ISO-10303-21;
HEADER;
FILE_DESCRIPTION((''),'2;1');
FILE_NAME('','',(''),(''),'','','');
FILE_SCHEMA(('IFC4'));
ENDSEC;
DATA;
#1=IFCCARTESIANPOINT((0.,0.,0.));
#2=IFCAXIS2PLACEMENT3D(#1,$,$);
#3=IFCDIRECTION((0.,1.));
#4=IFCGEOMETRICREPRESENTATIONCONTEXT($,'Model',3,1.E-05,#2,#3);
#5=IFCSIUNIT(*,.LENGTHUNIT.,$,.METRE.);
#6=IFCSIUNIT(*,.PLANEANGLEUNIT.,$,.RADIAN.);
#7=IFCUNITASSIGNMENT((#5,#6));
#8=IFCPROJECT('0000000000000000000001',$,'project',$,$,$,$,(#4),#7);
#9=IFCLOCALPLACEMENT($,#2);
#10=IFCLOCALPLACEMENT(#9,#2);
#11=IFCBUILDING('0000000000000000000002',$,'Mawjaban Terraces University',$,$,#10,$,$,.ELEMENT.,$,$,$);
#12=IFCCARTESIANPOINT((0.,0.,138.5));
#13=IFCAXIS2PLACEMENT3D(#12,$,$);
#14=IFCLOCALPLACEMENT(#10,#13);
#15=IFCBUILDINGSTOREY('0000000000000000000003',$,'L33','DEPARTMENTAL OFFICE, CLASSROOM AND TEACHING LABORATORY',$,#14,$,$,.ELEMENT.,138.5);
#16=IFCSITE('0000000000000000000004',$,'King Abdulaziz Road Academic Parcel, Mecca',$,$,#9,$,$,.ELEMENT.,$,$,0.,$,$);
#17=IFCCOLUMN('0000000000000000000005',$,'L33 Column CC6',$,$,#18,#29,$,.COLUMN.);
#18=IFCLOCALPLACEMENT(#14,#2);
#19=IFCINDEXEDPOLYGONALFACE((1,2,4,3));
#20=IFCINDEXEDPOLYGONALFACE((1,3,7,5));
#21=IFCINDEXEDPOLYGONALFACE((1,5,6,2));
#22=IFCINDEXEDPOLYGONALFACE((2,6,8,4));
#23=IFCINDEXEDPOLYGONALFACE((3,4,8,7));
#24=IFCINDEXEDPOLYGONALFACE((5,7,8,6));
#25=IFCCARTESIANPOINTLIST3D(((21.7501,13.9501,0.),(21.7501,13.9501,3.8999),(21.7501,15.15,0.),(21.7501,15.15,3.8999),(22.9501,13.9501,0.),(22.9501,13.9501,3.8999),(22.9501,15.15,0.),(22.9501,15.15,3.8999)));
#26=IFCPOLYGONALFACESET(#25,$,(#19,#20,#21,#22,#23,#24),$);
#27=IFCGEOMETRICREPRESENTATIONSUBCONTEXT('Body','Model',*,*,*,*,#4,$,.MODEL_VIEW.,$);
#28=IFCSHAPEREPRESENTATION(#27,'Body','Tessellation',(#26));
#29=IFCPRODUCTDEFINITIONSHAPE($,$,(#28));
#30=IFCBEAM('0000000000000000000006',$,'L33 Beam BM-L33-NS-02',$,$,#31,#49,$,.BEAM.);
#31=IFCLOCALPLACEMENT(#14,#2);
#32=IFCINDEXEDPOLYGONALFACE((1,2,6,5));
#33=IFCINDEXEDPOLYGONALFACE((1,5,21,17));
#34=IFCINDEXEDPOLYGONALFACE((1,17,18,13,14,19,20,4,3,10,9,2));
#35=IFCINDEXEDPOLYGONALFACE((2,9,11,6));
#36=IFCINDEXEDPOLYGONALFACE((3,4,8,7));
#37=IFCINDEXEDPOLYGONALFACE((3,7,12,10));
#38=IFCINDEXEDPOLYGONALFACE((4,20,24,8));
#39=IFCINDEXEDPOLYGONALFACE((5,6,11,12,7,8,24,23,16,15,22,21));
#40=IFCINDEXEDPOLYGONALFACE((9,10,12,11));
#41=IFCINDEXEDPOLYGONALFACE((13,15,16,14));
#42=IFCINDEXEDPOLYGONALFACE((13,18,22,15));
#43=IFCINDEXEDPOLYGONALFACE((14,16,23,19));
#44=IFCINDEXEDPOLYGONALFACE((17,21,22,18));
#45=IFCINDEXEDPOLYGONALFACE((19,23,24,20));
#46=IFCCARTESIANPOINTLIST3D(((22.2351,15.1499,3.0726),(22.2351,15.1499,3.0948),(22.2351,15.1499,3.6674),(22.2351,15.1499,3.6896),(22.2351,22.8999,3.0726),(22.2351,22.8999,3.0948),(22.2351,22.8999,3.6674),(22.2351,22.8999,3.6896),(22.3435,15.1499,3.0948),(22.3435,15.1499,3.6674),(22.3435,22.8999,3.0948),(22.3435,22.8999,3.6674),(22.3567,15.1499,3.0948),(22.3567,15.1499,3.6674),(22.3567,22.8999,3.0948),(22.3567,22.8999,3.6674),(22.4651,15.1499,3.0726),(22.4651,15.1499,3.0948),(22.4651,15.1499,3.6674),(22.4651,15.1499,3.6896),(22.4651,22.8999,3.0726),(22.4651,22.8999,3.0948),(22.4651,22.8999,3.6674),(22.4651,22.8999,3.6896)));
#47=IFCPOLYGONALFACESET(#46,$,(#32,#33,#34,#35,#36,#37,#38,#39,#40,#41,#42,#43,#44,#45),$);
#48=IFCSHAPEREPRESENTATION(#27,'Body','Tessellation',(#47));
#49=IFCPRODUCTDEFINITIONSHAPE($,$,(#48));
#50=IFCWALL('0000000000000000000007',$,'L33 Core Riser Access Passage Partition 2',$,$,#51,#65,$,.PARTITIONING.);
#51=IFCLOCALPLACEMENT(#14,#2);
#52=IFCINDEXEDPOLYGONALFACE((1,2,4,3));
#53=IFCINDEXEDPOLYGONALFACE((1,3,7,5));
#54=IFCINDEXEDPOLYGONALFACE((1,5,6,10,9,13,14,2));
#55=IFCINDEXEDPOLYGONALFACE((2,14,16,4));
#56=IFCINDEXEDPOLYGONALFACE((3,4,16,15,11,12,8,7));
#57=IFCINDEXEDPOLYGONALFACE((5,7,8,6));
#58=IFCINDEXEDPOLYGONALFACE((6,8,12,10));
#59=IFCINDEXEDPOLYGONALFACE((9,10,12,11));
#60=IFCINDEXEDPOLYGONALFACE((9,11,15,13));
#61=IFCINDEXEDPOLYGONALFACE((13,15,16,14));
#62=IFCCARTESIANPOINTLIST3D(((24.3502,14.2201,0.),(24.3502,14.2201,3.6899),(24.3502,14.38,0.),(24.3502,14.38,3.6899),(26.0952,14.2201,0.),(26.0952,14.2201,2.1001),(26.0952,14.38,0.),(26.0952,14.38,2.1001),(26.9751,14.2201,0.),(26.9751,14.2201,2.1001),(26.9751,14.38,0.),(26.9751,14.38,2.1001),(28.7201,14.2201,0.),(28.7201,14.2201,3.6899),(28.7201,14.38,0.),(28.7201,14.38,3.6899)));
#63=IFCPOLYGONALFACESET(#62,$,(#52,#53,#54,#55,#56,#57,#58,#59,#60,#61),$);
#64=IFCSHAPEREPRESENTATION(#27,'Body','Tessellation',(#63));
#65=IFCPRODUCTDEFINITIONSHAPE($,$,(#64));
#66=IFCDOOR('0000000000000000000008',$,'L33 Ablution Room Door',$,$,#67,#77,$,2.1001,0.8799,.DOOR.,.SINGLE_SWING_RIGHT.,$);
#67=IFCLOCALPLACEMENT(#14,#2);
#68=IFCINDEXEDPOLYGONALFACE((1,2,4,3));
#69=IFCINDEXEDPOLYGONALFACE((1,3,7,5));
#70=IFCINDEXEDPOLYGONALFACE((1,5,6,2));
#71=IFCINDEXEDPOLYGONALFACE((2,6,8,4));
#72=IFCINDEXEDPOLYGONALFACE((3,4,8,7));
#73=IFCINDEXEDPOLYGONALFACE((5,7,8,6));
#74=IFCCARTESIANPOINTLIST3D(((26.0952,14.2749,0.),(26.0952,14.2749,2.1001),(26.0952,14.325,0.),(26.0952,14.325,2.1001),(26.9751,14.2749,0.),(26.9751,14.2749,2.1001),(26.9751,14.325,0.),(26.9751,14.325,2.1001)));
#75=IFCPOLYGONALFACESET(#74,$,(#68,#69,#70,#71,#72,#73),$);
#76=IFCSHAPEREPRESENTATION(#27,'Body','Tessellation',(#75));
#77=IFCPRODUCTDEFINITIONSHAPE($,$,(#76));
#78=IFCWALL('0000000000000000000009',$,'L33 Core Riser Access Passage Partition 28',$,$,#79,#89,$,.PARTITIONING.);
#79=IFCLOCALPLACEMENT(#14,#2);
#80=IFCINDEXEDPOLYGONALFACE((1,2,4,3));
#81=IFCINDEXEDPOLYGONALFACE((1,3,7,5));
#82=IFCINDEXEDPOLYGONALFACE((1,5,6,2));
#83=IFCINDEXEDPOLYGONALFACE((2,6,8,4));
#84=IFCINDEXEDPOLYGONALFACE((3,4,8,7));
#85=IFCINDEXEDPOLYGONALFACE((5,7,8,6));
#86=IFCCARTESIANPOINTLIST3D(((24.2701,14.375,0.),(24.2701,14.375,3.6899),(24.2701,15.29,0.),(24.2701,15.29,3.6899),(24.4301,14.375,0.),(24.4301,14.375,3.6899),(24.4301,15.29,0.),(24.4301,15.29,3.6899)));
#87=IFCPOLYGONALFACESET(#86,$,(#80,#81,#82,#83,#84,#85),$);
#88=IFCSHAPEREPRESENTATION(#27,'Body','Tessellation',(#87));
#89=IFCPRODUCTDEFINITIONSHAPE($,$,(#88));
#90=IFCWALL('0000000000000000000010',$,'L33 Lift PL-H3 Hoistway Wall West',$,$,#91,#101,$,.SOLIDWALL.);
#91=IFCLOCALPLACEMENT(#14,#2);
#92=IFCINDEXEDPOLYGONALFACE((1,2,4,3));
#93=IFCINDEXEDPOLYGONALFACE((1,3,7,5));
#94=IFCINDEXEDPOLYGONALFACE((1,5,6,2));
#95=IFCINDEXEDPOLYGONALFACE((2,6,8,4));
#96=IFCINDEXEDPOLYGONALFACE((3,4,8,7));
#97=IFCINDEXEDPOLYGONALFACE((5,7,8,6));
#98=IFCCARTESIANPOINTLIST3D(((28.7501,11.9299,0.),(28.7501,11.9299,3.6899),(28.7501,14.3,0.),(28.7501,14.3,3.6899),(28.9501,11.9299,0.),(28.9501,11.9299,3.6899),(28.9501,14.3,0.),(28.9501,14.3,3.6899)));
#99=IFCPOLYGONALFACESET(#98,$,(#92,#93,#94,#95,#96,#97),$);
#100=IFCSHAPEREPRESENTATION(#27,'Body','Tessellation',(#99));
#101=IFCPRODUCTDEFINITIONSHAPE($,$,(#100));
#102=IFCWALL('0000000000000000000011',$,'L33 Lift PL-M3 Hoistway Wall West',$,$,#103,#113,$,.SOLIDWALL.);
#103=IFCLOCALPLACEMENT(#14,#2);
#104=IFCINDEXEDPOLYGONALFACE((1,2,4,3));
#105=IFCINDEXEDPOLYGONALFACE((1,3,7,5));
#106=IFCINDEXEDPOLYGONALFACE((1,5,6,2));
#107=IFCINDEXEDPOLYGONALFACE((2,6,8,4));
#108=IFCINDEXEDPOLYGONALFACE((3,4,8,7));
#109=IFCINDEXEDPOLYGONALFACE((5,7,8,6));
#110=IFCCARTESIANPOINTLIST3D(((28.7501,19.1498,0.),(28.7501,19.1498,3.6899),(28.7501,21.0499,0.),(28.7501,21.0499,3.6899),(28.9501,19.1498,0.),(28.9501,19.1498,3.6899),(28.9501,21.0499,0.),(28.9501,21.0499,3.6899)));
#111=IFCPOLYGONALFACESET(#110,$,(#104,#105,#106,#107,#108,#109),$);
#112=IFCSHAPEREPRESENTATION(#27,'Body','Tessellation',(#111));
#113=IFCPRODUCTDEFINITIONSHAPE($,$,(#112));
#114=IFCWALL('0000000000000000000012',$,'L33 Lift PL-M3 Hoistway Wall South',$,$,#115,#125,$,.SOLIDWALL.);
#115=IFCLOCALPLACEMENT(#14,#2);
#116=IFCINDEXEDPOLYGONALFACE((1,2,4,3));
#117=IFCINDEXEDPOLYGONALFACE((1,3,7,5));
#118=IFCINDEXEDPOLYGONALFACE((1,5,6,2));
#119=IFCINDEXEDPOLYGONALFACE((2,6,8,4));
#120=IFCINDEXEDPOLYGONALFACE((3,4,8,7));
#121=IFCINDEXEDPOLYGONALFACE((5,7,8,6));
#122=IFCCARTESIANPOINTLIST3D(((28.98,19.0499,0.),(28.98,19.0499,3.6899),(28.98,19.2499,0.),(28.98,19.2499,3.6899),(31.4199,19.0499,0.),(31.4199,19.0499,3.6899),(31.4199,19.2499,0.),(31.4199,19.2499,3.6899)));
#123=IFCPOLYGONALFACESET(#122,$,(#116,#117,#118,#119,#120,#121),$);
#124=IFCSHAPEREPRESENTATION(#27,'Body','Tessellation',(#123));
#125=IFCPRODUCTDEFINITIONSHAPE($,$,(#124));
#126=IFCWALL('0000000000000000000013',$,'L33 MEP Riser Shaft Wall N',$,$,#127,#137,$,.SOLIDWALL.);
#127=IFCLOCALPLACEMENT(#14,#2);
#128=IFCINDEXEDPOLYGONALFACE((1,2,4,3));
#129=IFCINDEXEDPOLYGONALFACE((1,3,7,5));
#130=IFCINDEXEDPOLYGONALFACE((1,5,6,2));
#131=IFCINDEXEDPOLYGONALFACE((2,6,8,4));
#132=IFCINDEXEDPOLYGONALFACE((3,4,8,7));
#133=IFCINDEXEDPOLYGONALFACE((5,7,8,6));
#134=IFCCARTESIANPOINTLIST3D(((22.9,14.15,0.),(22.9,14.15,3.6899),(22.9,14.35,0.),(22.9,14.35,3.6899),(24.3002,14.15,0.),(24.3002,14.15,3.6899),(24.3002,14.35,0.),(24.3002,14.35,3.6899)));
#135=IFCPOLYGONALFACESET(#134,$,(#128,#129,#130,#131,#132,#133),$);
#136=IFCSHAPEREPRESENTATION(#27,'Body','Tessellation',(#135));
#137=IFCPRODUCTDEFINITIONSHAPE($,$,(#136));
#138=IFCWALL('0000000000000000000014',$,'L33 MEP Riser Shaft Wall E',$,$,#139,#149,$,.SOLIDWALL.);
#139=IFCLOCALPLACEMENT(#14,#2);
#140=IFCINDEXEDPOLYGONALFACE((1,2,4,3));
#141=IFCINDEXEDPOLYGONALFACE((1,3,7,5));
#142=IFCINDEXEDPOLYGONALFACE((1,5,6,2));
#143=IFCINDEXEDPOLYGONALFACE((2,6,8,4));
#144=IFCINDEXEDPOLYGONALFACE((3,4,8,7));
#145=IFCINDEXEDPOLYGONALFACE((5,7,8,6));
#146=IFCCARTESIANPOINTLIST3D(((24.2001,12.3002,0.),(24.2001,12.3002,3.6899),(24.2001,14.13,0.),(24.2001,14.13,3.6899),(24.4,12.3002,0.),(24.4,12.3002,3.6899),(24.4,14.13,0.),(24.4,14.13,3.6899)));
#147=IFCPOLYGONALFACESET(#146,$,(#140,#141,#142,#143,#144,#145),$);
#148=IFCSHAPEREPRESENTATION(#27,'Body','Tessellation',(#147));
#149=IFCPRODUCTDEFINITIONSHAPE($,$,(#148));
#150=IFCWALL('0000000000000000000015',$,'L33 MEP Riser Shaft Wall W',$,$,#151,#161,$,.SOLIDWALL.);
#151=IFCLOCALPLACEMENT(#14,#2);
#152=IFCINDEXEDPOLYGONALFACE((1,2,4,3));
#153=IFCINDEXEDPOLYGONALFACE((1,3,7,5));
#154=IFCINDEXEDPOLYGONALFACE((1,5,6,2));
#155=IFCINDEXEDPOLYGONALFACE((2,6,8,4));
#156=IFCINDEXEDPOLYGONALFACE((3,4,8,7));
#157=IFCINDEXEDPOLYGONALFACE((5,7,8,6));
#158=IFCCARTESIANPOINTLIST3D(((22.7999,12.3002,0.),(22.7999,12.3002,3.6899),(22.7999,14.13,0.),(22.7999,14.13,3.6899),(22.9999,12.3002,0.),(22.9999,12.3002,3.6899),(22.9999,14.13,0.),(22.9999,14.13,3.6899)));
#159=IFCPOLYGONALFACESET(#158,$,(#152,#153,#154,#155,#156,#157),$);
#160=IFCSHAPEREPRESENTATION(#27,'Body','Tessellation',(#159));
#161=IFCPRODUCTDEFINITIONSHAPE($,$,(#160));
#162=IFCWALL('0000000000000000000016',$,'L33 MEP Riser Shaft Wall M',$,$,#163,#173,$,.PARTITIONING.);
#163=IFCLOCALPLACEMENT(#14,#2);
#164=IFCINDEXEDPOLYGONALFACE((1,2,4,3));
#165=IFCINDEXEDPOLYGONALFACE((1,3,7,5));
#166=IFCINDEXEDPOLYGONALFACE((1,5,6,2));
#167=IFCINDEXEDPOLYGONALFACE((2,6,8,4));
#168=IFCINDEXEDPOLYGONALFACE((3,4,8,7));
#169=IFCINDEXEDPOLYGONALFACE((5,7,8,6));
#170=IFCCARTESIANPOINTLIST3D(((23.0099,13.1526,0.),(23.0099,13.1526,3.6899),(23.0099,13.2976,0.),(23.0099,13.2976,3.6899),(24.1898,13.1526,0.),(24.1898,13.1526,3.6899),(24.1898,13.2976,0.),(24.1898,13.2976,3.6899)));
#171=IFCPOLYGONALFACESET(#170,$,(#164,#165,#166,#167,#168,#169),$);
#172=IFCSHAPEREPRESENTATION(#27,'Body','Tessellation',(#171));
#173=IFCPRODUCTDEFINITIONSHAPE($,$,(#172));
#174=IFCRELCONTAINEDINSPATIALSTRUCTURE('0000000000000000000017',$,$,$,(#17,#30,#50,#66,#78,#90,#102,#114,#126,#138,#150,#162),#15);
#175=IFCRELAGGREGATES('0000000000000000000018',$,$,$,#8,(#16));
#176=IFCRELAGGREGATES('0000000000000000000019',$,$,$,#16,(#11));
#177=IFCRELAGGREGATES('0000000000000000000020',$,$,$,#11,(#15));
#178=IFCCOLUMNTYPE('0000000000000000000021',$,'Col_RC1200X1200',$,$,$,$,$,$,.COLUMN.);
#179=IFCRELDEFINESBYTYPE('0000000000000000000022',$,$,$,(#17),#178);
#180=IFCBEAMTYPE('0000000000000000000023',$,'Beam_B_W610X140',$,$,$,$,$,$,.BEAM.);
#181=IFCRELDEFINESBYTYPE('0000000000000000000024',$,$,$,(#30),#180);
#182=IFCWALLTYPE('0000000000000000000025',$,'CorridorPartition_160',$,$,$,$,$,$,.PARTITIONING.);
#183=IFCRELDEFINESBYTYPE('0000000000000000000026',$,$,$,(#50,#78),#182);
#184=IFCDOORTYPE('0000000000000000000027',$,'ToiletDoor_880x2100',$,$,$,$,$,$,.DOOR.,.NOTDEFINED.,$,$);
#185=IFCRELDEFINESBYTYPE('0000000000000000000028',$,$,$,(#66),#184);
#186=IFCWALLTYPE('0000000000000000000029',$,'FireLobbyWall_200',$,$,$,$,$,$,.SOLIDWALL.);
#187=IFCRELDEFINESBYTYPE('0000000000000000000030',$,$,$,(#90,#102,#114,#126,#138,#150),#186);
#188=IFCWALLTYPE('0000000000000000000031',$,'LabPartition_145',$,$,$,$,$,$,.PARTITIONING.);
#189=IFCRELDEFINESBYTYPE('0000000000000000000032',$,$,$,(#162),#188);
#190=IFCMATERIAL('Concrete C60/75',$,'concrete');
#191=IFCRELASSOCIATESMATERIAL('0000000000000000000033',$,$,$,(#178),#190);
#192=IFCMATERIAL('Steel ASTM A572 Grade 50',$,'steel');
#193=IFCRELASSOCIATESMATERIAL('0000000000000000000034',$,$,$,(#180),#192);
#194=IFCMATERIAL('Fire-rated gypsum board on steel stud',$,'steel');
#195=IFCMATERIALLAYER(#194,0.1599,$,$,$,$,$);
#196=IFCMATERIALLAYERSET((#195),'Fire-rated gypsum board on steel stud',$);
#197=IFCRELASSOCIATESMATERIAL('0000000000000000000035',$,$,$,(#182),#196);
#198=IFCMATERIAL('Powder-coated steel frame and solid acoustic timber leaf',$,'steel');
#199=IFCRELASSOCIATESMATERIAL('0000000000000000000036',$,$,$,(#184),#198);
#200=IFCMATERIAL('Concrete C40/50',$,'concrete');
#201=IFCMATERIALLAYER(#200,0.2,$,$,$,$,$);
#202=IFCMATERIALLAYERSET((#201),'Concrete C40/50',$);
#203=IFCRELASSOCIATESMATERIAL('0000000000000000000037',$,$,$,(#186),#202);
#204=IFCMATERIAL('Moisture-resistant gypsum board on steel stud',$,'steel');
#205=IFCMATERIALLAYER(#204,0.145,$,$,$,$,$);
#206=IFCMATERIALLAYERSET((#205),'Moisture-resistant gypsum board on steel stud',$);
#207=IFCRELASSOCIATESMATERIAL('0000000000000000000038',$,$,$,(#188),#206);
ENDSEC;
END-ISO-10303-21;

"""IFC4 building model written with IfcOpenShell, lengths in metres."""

from ifc_helpers import new_model, si_unit, direction, frame, frame_2d, origin, origin_2d, place, context, subcontext, project, spatial, rectangle, i_section, extrude, material, layer, layer_set, material_profile, profile_set, type_object, element, fill, save


model = new_model("IFC4")

# Units and contexts
model_context = context("Model", 3, precision=1e-05, world=origin(), true_north=direction((0.0, 1.0)))
body_context = subcontext(model_context, "Body", "Model", "MODEL_VIEW")
ifc_project = project(units=[si_unit("LENGTHUNIT", "METRE"), si_unit("PLANEANGLEUNIT", "RADIAN")], contexts=[model_context])

# Site, building, storey
site_placement = place(None, origin())
site = spatial("IfcSite", under=ifc_project, at=site_placement, Name="King Abdulaziz Road Academic Parcel, Mecca", CompositionType="ELEMENT", RefElevation=0.0)
building_placement = place(site_placement, origin())
building = spatial("IfcBuilding", under=site, at=building_placement, Name="Mawjaban Terraces University", CompositionType="ELEMENT")
storey_placement = place(building_placement, frame((0.0, 0.0, 138.5)))
storey = spatial("IfcBuildingStorey", under=building, at=storey_placement, Name="L33", Description="DEPARTMENTAL OFFICE, CLASSROOM AND TEACHING LABORATORY", CompositionType="ELEMENT", Elevation=138.5)

# Column
ifc_material_1 = material(Name="Concrete C60/75", Category="concrete")
ifc_material_profile_1 = material_profile(ifc_material_1, rectangle(XDim=1.2, YDim=1.2, at=origin_2d()), Name="RC1200X1200")
ifc_profile_set_1 = profile_set([ifc_material_profile_1], Name="Concrete C60/75")
column_type = type_object("IfcColumnType", Name="Col_RC1200X1200", PredefinedType="COLUMN", material=ifc_profile_set_1)
column_placement = place(storey_placement, frame((22.3501, 14.55, 0.0), z_axis=(0.0, 0.0, 1.0), x_axis=(1.0, 0.0, 0.0)))
element("IfcColumn", 1, at=column_placement, inside=storey, type_object=column_type, Name="L33 Column CC6", PredefinedType="COLUMN", context=body_context, shape_type="SweptSolid", body=[
    extrude(rectangle(XDim=1.2, YDim=1.2, at=origin_2d()), origin(), (0.0, 0.0, 1.0), 3.8999),
])

# Beam
ifc_material_2 = material(Name="Steel ASTM A572 Grade 50", Category="steel")
ifc_material_profile_2 = material_profile(ifc_material_2, i_section(OverallWidth=0.23, OverallDepth=0.6169, WebThickness=0.0132, FlangeThickness=0.0222, at=origin_2d()), Name="W610X140")
ifc_profile_set_2 = profile_set([ifc_material_profile_2], Name="Steel ASTM A572 Grade 50")
beam_type = type_object("IfcBeamType", Name="Beam_B_W610X140", PredefinedType="BEAM", material=ifc_profile_set_2)
beam_placement = place(storey_placement, frame((22.3501, 15.1499, 3.3811), z_axis=(0.0, 1.0, 0.0), x_axis=(-1.0, 0.0, 0.0)))
element("IfcBeam", 2, at=beam_placement, inside=storey, type_object=beam_type, Name="L33 Beam BM-L33-NS-02", PredefinedType="BEAM", context=body_context, shape_type="SweptSolid", body=[
    extrude(i_section(OverallWidth=0.23, OverallDepth=0.6169, WebThickness=0.0132, FlangeThickness=0.0222, at=origin_2d()), origin(), (0.0, 0.0, 1.0), 7.75),
])

# Wall, opening, door
ifc_material_3 = material(Name="Fire-rated gypsum board on steel stud", Category="steel")
ifc_layer_1 = layer(ifc_material_3, 0.1599)
ifc_layer_set_1 = layer_set([ifc_layer_1], Name="Fire-rated gypsum board on steel stud")
wall_type_1 = type_object("IfcWallType", Name="CorridorPartition_160", PredefinedType="PARTITIONING", material=ifc_layer_set_1)
wall_1_placement = place(storey_placement, frame((24.3501, 14.3, 0.0), z_axis=(0.0, 0.0, 1.0), x_axis=(1.0, 0.0, 0.0)))
wall_1 = element("IfcWall", 3, at=wall_1_placement, inside=storey, type_object=wall_type_1, Name="L33 Core Riser Access Passage Partition 2", PredefinedType="PARTITIONING", context=body_context, shape_type="SweptSolid", body=[
    extrude(rectangle(XDim=4.3699, YDim=0.1599, at=frame_2d((2.1851, 0.0))), origin(), (0.0, 0.0, 1.0), 3.6899),
])
opening_placement = place(wall_1_placement, frame((1.7451, 0.0, 0.0)))
opening = element("IfcOpeningElement", 4, at=opening_placement, cuts=wall_1, PredefinedType="OPENING", context=body_context, shape_type="SweptSolid", body=[
    extrude(rectangle(XDim=0.8799, YDim=2.1001, at=frame_2d((0.4399, 1.05))), frame((0.0, 0.0898, 0.0), z_axis=(0.0, -1.0, 0.0), x_axis=(1.0, 0.0, 0.0)), (0.0, 0.0, 1.0), 0.1799),
])
ifc_material_4 = material(Name="Powder-coated steel frame and solid acoustic timber leaf", Category="steel")
door_type = type_object("IfcDoorType", Name="ToiletDoor_880x2100", OperationType="NOTDEFINED", PredefinedType="DOOR", material=ifc_material_4)
door_placement = place(opening_placement, origin())
door = element("IfcDoor", 5, at=door_placement, inside=storey, type_object=door_type, Name="L33 Ablution Room Door", OperationType="SINGLE_SWING_RIGHT", OverallHeight=2.1001, OverallWidth=0.8799, PredefinedType="DOOR", context=body_context, shape_type="SweptSolid", body=[
    extrude(rectangle(XDim=0.8799, YDim=2.1001, at=frame_2d((0.4399, 1.05))), frame((0.0, 0.0249, 0.0), z_axis=(0.0, -1.0, 0.0), x_axis=(1.0, 0.0, 0.0)), (0.0, 0.0, 1.0), 0.05),
])
fill(opening, door)

# Walls
wall_2_placement = place(storey_placement, frame((24.3501, 15.29, 0.0), z_axis=(0.0, 0.0, 1.0), x_axis=(0.0, -1.0, 0.0)))
element("IfcWall", 6, at=wall_2_placement, inside=storey, type_object=wall_type_1, Name="L33 Core Riser Access Passage Partition 28", PredefinedType="PARTITIONING", context=body_context, shape_type="SweptSolid", body=[
    extrude(rectangle(XDim=0.915, YDim=0.1599, at=frame_2d((0.4575, 0.0))), origin(), (0.0, 0.0, 1.0), 3.6899),
])
ifc_material_5 = material(Name="Concrete C40/50", Category="concrete")
ifc_layer_2 = layer(ifc_material_5, 0.2)
ifc_layer_set_2 = layer_set([ifc_layer_2], Name="Concrete C40/50")
wall_type_2 = type_object("IfcWallType", Name="FireLobbyWall_200", PredefinedType="SOLIDWALL", material=ifc_layer_set_2)
wall_3_placement = place(storey_placement, frame((28.8501, 14.3, 0.0), z_axis=(0.0, 0.0, 1.0), x_axis=(0.0, -1.0, 0.0)))
element("IfcWall", 7, at=wall_3_placement, inside=storey, type_object=wall_type_2, Name="L33 Lift PL-H3 Hoistway Wall West", PredefinedType="SOLIDWALL", context=body_context, shape_type="SweptSolid", body=[
    extrude(rectangle(XDim=2.3701, YDim=0.2, at=frame_2d((1.1851, 0.0))), origin(), (0.0, 0.0, 1.0), 3.6899),
])
wall_4_placement = place(storey_placement, frame((28.8501, 21.05, 0.0), z_axis=(0.0, 0.0, 1.0), x_axis=(0.0, -1.0, 0.0)))
element("IfcWall", 8, at=wall_4_placement, inside=storey, type_object=wall_type_2, Name="L33 Lift PL-M3 Hoistway Wall West", PredefinedType="SOLIDWALL", context=body_context, shape_type="SweptSolid", body=[
    extrude(rectangle(XDim=1.9001, YDim=0.2, at=frame_2d((0.9502, 0.0))), origin(), (0.0, 0.0, 1.0), 3.6899),
])
wall_5_placement = place(storey_placement, frame((28.98, 19.1499, 0.0), z_axis=(0.0, 0.0, 1.0), x_axis=(1.0, 0.0, 0.0)))
element("IfcWall", 9, at=wall_5_placement, inside=storey, type_object=wall_type_2, Name="L33 Lift PL-M3 Hoistway Wall South", PredefinedType="SOLIDWALL", context=body_context, shape_type="SweptSolid", body=[
    extrude(rectangle(XDim=2.4399, YDim=0.2, at=frame_2d((1.22, 0.0))), origin(), (0.0, 0.0, 1.0), 3.6899),
])
wall_6_placement = place(storey_placement, frame((22.8999, 14.25, 0.0), z_axis=(0.0, 0.0, 1.0), x_axis=(1.0, 0.0, 0.0)))
element("IfcWall", 10, at=wall_6_placement, inside=storey, type_object=wall_type_2, Name="L33 MEP Riser Shaft Wall N", PredefinedType="SOLIDWALL", context=body_context, shape_type="SweptSolid", body=[
    extrude(rectangle(XDim=1.4001, YDim=0.2, at=frame_2d((0.7002, 0.0))), origin(), (0.0, 0.0, 1.0), 3.6899),
])
for number, where, z_axis, x_axis, name in (
    (11, (24.3, 12.3, 0.0), (0.0, 0.0, 1.0), (0.0, 1.0, 0.0), "L33 MEP Riser Shaft Wall E"),
    (12, (22.8999, 12.3, 0.0), (0.0, 0.0, 1.0), (0.0, 1.0, 0.0), "L33 MEP Riser Shaft Wall W"),
):
    element("IfcWall", number, at=place(storey_placement, frame(where, z_axis=z_axis, x_axis=x_axis)), inside=storey, type_object=wall_type_2, Name=name, PredefinedType="SOLIDWALL", context=body_context, shape_type="SweptSolid", body=[
        extrude(rectangle(XDim=1.8298, YDim=0.2, at=frame_2d((0.915, 0.0))), origin(), (0.0, 0.0, 1.0), 3.6899),
    ])
ifc_material_6 = material(Name="Moisture-resistant gypsum board on steel stud", Category="steel")
ifc_layer_3 = layer(ifc_material_6, 0.145)
ifc_layer_set_3 = layer_set([ifc_layer_3], Name="Moisture-resistant gypsum board on steel stud")
wall_type_3 = type_object("IfcWallType", Name="LabPartition_145", PredefinedType="PARTITIONING", material=ifc_layer_set_3)
wall_7_placement = place(storey_placement, frame((23.01, 13.2251, 0.0), z_axis=(0.0, 0.0, 1.0), x_axis=(1.0, 0.0, 0.0)))
element("IfcWall", 13, at=wall_7_placement, inside=storey, type_object=wall_type_3, Name="L33 MEP Riser Shaft Wall M", PredefinedType="PARTITIONING", context=body_context, shape_type="SweptSolid", body=[
    extrude(rectangle(XDim=1.1799, YDim=0.145, at=frame_2d((0.5898, 0.0))), origin(), (0.0, 0.0, 1.0), 3.6899),
])

save(model, "model.ifc")
